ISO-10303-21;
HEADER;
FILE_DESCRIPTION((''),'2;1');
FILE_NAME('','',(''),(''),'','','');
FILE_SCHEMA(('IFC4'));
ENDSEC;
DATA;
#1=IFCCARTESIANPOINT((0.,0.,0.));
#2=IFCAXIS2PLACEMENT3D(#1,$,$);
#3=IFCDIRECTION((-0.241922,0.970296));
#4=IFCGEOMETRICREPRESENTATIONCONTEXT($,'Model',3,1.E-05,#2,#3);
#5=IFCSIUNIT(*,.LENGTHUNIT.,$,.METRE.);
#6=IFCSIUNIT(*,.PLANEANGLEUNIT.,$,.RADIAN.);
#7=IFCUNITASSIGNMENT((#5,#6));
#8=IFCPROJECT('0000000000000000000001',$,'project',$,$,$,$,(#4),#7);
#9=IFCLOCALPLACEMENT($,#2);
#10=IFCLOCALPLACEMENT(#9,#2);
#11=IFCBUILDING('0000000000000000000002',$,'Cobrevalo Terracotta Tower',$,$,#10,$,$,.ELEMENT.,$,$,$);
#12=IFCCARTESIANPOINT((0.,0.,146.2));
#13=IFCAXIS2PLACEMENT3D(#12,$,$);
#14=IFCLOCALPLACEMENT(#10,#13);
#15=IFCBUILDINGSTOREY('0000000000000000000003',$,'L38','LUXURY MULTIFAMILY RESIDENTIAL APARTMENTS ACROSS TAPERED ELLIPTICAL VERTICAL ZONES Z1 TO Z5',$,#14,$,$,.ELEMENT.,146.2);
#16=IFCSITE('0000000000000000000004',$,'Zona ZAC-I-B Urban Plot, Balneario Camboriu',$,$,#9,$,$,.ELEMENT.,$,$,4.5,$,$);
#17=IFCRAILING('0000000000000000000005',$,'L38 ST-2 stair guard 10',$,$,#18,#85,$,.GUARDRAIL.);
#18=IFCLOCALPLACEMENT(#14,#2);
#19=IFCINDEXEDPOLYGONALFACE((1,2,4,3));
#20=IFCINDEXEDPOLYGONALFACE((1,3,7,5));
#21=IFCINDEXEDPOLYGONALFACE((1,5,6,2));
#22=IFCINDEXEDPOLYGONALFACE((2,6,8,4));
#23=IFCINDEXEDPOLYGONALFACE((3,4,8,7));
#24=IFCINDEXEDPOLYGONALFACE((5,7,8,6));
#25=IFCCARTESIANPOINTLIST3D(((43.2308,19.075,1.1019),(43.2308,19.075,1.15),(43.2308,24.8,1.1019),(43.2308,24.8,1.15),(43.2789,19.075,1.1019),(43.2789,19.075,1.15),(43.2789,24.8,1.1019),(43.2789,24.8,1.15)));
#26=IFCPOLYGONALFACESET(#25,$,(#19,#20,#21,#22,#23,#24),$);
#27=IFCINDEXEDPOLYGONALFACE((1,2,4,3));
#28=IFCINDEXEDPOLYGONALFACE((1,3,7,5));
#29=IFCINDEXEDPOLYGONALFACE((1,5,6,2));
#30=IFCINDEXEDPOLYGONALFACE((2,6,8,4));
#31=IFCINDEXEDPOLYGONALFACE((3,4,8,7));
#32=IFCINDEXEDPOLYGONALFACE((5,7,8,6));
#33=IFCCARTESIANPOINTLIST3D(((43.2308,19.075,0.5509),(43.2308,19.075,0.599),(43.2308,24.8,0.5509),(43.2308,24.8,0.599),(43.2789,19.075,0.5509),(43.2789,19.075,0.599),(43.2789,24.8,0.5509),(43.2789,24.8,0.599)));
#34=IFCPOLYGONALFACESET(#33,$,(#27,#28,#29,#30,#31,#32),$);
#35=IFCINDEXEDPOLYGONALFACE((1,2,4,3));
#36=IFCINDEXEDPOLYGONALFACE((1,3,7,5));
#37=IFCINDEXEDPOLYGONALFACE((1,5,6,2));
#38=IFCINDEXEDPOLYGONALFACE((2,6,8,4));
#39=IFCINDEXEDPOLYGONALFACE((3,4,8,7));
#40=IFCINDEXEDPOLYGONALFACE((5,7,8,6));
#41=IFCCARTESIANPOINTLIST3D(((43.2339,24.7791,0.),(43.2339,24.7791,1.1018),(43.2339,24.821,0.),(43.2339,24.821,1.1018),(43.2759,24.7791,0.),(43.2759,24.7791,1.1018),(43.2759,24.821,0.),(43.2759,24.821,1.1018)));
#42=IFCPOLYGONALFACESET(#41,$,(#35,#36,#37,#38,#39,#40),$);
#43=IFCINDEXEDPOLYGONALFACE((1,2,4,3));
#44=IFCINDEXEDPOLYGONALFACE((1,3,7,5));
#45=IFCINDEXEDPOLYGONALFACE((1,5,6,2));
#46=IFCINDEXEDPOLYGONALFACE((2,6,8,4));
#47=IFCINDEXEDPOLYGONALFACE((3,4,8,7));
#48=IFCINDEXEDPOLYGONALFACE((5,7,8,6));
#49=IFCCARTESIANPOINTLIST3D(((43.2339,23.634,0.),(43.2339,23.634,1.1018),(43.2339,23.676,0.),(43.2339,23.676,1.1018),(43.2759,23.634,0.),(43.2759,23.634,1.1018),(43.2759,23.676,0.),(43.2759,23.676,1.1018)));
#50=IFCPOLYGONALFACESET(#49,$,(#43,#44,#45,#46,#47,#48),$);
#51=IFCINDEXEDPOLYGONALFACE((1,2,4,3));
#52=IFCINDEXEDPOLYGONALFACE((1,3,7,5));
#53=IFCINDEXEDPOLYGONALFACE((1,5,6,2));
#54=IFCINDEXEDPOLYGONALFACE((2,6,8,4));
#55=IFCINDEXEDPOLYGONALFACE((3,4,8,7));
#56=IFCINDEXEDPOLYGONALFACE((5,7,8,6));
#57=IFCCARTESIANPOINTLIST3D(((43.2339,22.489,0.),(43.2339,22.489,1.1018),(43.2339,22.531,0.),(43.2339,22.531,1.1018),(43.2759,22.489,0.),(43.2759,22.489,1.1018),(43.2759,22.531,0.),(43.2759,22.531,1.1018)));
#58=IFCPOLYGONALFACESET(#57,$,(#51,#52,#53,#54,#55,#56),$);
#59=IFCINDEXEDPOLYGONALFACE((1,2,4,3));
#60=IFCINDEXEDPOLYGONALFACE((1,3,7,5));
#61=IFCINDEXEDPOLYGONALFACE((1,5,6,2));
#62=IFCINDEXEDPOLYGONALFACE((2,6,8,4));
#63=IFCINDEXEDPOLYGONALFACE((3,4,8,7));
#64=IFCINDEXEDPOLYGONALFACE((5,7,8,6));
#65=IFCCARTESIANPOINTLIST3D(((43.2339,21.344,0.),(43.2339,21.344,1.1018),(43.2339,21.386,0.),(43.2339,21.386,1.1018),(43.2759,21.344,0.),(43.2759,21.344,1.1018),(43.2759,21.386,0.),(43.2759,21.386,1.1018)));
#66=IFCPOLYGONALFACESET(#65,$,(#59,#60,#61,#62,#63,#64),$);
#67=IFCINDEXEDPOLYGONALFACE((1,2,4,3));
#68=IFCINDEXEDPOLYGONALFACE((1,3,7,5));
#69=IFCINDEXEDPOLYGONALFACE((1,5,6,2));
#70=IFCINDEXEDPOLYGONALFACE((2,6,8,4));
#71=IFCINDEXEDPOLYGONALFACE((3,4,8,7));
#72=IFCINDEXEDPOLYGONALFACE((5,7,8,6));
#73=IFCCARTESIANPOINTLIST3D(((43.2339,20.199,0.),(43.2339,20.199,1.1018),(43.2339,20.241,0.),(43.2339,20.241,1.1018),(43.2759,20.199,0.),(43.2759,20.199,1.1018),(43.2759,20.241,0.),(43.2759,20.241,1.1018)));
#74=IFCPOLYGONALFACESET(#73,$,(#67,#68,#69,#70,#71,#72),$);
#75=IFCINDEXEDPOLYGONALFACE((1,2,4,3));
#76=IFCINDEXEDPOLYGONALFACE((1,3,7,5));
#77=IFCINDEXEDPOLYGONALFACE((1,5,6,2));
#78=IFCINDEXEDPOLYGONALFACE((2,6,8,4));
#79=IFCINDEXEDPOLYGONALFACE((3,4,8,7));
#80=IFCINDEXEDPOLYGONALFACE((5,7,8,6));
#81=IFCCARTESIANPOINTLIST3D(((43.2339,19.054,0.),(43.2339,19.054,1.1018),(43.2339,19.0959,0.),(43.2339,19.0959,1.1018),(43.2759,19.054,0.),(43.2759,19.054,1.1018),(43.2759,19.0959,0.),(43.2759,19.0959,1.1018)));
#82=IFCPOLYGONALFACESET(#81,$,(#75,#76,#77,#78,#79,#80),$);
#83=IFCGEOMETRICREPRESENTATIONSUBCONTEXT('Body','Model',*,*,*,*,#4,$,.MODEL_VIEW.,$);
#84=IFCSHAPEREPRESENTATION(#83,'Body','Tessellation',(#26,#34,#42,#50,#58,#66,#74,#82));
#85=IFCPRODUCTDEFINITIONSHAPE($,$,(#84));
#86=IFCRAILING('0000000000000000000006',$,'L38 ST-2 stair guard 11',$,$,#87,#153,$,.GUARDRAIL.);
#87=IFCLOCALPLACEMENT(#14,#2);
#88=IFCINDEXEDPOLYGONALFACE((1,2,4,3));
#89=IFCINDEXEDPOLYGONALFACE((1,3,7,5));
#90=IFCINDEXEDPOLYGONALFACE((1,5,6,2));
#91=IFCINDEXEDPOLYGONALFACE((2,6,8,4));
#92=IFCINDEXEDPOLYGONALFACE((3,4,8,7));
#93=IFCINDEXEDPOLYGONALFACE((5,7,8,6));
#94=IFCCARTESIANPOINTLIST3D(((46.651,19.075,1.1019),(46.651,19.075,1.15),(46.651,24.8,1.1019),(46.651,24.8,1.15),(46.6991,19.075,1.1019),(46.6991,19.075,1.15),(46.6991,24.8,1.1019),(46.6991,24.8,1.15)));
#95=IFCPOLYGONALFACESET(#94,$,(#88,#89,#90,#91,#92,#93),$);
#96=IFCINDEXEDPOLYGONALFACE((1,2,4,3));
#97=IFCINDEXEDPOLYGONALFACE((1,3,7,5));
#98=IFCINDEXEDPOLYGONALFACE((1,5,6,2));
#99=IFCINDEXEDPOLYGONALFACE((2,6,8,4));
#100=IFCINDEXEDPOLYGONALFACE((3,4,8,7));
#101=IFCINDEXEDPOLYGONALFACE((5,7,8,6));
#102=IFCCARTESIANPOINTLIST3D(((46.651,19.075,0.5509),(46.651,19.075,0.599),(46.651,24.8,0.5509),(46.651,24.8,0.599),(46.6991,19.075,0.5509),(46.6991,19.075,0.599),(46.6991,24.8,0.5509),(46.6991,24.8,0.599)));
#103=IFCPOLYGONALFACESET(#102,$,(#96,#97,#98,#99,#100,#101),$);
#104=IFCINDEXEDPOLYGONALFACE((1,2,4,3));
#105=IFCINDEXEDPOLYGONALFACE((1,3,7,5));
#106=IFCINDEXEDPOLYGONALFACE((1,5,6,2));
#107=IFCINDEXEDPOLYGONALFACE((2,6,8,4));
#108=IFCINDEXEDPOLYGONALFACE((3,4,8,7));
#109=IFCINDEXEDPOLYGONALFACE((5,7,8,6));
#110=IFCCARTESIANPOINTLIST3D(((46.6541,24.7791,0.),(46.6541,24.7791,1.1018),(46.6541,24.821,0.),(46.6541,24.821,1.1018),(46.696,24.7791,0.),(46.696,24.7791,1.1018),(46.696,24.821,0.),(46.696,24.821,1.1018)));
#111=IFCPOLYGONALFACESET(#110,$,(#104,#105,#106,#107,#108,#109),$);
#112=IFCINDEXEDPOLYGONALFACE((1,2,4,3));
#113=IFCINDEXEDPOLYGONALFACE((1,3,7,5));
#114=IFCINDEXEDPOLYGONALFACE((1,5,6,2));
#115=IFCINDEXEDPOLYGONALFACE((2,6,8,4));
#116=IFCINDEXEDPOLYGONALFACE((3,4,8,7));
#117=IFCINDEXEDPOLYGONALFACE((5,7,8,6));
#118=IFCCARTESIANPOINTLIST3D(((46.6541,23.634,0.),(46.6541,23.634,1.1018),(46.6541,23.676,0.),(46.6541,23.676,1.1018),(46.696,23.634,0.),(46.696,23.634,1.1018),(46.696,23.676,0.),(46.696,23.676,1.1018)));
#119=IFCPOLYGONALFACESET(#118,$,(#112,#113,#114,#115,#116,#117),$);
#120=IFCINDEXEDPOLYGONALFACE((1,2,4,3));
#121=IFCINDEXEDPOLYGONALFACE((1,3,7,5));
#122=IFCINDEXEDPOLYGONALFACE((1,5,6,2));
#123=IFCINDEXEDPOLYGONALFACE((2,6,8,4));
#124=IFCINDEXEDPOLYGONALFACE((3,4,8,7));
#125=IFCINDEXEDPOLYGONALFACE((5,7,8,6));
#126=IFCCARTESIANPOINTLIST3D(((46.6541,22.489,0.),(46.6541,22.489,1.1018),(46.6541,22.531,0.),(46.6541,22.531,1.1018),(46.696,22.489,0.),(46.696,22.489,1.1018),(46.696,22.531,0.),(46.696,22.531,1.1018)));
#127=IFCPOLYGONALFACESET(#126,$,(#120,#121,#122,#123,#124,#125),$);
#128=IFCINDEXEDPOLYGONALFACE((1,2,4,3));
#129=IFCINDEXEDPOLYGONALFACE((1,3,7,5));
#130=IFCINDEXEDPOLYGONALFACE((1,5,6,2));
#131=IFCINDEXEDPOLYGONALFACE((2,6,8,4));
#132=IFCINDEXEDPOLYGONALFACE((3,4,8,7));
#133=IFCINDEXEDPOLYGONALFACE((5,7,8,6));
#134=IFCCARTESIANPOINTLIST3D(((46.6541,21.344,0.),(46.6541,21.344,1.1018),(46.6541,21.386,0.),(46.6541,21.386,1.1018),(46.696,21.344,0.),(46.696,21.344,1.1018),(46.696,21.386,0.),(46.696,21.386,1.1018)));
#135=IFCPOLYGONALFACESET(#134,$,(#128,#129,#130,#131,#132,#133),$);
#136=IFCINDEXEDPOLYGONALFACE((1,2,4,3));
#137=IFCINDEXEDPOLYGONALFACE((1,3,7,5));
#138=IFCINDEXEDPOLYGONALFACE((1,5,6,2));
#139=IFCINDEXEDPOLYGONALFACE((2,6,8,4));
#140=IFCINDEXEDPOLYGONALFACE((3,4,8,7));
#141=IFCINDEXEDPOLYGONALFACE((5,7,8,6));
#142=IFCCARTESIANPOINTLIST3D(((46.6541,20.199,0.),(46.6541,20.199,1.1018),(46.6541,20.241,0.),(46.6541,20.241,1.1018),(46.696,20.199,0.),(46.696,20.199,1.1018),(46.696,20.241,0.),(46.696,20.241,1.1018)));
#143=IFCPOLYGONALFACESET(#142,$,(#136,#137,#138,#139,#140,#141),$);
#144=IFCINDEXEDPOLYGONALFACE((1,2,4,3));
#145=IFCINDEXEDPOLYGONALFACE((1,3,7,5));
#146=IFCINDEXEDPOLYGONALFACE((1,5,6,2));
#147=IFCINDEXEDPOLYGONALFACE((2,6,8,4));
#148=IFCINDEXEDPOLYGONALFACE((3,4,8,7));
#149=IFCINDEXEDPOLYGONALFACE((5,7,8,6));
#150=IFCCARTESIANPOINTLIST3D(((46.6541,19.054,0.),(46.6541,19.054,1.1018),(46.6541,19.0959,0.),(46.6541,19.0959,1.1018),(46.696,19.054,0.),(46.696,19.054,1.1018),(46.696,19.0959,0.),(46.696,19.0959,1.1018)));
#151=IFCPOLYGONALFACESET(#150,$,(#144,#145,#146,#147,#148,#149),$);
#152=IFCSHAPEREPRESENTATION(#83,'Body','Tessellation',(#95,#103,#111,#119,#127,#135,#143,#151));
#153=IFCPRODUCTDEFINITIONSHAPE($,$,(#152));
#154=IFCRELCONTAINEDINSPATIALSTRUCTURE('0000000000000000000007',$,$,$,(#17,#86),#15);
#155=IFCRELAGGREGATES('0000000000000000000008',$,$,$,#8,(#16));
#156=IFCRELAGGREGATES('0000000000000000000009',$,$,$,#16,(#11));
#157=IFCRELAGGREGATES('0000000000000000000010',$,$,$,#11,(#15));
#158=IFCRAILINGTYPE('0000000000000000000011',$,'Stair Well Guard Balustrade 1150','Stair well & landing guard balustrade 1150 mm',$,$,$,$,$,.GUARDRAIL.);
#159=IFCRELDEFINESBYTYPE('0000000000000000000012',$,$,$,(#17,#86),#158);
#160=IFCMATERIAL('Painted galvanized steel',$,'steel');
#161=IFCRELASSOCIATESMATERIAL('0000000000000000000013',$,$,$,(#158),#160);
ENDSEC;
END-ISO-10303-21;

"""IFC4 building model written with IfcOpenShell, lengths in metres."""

from ifc_helpers import new_model, si_unit, direction, frame, origin, origin_2d, place, context, subcontext, project, spatial, rectangle, extrude, material, type_object, element, save


model = new_model("IFC4")

# Units and contexts
model_context = context("Model", 3, precision=1e-05, world=origin(), true_north=direction((-0.241922, 0.970296)))
body_context = subcontext(model_context, "Body", "Model", "MODEL_VIEW")
ifc_project = project(units=[si_unit("LENGTHUNIT", "METRE"), si_unit("PLANEANGLEUNIT", "RADIAN")], contexts=[model_context])

# Site, building, storey
site_placement = place(None, origin())
site = spatial("IfcSite", under=ifc_project, at=site_placement, Name="Zona ZAC-I-B Urban Plot, Balneario Camboriu", CompositionType="ELEMENT", RefElevation=4.5)
building_placement = place(site_placement, origin())
building = spatial("IfcBuilding", under=site, at=building_placement, Name="Cobrevalo Terracotta Tower", CompositionType="ELEMENT")
storey_placement = place(building_placement, frame((0.0, 0.0, 146.2)))
storey = spatial("IfcBuildingStorey", under=building, at=storey_placement, Name="L38", Description="LUXURY MULTIFAMILY RESIDENTIAL APARTMENTS ACROSS TAPERED ELLIPTICAL VERTICAL ZONES Z1 TO Z5", CompositionType="ELEMENT", Elevation=146.2)

# Railings
ifc_material_1 = material(Name="Painted galvanized steel", Category="steel")
railing_type_1 = type_object("IfcRailingType", Name="Stair Well Guard Balustrade 1150", Description="Stair well & landing guard balustrade 1150 mm", PredefinedType="GUARDRAIL", material=ifc_material_1)
for number, where, name in (
    (1, (43.2549, 24.8, 0.0), "L38 ST-2 stair guard 10"),
    (2, (46.675, 24.8, 0.0), "L38 ST-2 stair guard 11"),
):
    element("IfcRailing", number, at=place(storey_placement, frame(where)), inside=storey, type_object=railing_type_1, Name=name, PredefinedType="GUARDRAIL", context=body_context, shape_type="SweptSolid", body=[
        extrude(rectangle(XDim=0.0481, YDim=0.0481, at=origin_2d()), frame((0.0, 0.0, 1.126), z_axis=(0.0, -1.0, 0.0), x_axis=(1.0, 0.0, 0.0)), (0.0, 0.0, 1.0), 5.7251),
        extrude(rectangle(XDim=0.0481, YDim=0.0481, at=origin_2d()), frame((0.0, 0.0, 0.575), z_axis=(0.0, -1.0, 0.0), x_axis=(1.0, 0.0, 0.0)), (0.0, 0.0, 1.0), 5.7251),
        extrude(rectangle(XDim=0.042, YDim=0.042, at=origin_2d()), origin(), (0.0, 0.0, 1.0), 1.1018),
        extrude(rectangle(XDim=0.042, YDim=0.042, at=origin_2d()), frame((0.0, -1.145, 0.0)), (0.0, 0.0, 1.0), 1.1018),
        extrude(rectangle(XDim=0.042, YDim=0.042, at=origin_2d()), frame((0.0, -2.29, 0.0)), (0.0, 0.0, 1.0), 1.1018),
        extrude(rectangle(XDim=0.042, YDim=0.042, at=origin_2d()), frame((0.0, -3.4351, 0.0)), (0.0, 0.0, 1.0), 1.1018),
        extrude(rectangle(XDim=0.042, YDim=0.042, at=origin_2d()), frame((0.0, -4.5801, 0.0)), (0.0, 0.0, 1.0), 1.1018),
        extrude(rectangle(XDim=0.042, YDim=0.042, at=origin_2d()), frame((0.0, -5.7251, 0.0)), (0.0, 0.0, 1.0), 1.1018),
    ])

save(model, "model.ifc")
